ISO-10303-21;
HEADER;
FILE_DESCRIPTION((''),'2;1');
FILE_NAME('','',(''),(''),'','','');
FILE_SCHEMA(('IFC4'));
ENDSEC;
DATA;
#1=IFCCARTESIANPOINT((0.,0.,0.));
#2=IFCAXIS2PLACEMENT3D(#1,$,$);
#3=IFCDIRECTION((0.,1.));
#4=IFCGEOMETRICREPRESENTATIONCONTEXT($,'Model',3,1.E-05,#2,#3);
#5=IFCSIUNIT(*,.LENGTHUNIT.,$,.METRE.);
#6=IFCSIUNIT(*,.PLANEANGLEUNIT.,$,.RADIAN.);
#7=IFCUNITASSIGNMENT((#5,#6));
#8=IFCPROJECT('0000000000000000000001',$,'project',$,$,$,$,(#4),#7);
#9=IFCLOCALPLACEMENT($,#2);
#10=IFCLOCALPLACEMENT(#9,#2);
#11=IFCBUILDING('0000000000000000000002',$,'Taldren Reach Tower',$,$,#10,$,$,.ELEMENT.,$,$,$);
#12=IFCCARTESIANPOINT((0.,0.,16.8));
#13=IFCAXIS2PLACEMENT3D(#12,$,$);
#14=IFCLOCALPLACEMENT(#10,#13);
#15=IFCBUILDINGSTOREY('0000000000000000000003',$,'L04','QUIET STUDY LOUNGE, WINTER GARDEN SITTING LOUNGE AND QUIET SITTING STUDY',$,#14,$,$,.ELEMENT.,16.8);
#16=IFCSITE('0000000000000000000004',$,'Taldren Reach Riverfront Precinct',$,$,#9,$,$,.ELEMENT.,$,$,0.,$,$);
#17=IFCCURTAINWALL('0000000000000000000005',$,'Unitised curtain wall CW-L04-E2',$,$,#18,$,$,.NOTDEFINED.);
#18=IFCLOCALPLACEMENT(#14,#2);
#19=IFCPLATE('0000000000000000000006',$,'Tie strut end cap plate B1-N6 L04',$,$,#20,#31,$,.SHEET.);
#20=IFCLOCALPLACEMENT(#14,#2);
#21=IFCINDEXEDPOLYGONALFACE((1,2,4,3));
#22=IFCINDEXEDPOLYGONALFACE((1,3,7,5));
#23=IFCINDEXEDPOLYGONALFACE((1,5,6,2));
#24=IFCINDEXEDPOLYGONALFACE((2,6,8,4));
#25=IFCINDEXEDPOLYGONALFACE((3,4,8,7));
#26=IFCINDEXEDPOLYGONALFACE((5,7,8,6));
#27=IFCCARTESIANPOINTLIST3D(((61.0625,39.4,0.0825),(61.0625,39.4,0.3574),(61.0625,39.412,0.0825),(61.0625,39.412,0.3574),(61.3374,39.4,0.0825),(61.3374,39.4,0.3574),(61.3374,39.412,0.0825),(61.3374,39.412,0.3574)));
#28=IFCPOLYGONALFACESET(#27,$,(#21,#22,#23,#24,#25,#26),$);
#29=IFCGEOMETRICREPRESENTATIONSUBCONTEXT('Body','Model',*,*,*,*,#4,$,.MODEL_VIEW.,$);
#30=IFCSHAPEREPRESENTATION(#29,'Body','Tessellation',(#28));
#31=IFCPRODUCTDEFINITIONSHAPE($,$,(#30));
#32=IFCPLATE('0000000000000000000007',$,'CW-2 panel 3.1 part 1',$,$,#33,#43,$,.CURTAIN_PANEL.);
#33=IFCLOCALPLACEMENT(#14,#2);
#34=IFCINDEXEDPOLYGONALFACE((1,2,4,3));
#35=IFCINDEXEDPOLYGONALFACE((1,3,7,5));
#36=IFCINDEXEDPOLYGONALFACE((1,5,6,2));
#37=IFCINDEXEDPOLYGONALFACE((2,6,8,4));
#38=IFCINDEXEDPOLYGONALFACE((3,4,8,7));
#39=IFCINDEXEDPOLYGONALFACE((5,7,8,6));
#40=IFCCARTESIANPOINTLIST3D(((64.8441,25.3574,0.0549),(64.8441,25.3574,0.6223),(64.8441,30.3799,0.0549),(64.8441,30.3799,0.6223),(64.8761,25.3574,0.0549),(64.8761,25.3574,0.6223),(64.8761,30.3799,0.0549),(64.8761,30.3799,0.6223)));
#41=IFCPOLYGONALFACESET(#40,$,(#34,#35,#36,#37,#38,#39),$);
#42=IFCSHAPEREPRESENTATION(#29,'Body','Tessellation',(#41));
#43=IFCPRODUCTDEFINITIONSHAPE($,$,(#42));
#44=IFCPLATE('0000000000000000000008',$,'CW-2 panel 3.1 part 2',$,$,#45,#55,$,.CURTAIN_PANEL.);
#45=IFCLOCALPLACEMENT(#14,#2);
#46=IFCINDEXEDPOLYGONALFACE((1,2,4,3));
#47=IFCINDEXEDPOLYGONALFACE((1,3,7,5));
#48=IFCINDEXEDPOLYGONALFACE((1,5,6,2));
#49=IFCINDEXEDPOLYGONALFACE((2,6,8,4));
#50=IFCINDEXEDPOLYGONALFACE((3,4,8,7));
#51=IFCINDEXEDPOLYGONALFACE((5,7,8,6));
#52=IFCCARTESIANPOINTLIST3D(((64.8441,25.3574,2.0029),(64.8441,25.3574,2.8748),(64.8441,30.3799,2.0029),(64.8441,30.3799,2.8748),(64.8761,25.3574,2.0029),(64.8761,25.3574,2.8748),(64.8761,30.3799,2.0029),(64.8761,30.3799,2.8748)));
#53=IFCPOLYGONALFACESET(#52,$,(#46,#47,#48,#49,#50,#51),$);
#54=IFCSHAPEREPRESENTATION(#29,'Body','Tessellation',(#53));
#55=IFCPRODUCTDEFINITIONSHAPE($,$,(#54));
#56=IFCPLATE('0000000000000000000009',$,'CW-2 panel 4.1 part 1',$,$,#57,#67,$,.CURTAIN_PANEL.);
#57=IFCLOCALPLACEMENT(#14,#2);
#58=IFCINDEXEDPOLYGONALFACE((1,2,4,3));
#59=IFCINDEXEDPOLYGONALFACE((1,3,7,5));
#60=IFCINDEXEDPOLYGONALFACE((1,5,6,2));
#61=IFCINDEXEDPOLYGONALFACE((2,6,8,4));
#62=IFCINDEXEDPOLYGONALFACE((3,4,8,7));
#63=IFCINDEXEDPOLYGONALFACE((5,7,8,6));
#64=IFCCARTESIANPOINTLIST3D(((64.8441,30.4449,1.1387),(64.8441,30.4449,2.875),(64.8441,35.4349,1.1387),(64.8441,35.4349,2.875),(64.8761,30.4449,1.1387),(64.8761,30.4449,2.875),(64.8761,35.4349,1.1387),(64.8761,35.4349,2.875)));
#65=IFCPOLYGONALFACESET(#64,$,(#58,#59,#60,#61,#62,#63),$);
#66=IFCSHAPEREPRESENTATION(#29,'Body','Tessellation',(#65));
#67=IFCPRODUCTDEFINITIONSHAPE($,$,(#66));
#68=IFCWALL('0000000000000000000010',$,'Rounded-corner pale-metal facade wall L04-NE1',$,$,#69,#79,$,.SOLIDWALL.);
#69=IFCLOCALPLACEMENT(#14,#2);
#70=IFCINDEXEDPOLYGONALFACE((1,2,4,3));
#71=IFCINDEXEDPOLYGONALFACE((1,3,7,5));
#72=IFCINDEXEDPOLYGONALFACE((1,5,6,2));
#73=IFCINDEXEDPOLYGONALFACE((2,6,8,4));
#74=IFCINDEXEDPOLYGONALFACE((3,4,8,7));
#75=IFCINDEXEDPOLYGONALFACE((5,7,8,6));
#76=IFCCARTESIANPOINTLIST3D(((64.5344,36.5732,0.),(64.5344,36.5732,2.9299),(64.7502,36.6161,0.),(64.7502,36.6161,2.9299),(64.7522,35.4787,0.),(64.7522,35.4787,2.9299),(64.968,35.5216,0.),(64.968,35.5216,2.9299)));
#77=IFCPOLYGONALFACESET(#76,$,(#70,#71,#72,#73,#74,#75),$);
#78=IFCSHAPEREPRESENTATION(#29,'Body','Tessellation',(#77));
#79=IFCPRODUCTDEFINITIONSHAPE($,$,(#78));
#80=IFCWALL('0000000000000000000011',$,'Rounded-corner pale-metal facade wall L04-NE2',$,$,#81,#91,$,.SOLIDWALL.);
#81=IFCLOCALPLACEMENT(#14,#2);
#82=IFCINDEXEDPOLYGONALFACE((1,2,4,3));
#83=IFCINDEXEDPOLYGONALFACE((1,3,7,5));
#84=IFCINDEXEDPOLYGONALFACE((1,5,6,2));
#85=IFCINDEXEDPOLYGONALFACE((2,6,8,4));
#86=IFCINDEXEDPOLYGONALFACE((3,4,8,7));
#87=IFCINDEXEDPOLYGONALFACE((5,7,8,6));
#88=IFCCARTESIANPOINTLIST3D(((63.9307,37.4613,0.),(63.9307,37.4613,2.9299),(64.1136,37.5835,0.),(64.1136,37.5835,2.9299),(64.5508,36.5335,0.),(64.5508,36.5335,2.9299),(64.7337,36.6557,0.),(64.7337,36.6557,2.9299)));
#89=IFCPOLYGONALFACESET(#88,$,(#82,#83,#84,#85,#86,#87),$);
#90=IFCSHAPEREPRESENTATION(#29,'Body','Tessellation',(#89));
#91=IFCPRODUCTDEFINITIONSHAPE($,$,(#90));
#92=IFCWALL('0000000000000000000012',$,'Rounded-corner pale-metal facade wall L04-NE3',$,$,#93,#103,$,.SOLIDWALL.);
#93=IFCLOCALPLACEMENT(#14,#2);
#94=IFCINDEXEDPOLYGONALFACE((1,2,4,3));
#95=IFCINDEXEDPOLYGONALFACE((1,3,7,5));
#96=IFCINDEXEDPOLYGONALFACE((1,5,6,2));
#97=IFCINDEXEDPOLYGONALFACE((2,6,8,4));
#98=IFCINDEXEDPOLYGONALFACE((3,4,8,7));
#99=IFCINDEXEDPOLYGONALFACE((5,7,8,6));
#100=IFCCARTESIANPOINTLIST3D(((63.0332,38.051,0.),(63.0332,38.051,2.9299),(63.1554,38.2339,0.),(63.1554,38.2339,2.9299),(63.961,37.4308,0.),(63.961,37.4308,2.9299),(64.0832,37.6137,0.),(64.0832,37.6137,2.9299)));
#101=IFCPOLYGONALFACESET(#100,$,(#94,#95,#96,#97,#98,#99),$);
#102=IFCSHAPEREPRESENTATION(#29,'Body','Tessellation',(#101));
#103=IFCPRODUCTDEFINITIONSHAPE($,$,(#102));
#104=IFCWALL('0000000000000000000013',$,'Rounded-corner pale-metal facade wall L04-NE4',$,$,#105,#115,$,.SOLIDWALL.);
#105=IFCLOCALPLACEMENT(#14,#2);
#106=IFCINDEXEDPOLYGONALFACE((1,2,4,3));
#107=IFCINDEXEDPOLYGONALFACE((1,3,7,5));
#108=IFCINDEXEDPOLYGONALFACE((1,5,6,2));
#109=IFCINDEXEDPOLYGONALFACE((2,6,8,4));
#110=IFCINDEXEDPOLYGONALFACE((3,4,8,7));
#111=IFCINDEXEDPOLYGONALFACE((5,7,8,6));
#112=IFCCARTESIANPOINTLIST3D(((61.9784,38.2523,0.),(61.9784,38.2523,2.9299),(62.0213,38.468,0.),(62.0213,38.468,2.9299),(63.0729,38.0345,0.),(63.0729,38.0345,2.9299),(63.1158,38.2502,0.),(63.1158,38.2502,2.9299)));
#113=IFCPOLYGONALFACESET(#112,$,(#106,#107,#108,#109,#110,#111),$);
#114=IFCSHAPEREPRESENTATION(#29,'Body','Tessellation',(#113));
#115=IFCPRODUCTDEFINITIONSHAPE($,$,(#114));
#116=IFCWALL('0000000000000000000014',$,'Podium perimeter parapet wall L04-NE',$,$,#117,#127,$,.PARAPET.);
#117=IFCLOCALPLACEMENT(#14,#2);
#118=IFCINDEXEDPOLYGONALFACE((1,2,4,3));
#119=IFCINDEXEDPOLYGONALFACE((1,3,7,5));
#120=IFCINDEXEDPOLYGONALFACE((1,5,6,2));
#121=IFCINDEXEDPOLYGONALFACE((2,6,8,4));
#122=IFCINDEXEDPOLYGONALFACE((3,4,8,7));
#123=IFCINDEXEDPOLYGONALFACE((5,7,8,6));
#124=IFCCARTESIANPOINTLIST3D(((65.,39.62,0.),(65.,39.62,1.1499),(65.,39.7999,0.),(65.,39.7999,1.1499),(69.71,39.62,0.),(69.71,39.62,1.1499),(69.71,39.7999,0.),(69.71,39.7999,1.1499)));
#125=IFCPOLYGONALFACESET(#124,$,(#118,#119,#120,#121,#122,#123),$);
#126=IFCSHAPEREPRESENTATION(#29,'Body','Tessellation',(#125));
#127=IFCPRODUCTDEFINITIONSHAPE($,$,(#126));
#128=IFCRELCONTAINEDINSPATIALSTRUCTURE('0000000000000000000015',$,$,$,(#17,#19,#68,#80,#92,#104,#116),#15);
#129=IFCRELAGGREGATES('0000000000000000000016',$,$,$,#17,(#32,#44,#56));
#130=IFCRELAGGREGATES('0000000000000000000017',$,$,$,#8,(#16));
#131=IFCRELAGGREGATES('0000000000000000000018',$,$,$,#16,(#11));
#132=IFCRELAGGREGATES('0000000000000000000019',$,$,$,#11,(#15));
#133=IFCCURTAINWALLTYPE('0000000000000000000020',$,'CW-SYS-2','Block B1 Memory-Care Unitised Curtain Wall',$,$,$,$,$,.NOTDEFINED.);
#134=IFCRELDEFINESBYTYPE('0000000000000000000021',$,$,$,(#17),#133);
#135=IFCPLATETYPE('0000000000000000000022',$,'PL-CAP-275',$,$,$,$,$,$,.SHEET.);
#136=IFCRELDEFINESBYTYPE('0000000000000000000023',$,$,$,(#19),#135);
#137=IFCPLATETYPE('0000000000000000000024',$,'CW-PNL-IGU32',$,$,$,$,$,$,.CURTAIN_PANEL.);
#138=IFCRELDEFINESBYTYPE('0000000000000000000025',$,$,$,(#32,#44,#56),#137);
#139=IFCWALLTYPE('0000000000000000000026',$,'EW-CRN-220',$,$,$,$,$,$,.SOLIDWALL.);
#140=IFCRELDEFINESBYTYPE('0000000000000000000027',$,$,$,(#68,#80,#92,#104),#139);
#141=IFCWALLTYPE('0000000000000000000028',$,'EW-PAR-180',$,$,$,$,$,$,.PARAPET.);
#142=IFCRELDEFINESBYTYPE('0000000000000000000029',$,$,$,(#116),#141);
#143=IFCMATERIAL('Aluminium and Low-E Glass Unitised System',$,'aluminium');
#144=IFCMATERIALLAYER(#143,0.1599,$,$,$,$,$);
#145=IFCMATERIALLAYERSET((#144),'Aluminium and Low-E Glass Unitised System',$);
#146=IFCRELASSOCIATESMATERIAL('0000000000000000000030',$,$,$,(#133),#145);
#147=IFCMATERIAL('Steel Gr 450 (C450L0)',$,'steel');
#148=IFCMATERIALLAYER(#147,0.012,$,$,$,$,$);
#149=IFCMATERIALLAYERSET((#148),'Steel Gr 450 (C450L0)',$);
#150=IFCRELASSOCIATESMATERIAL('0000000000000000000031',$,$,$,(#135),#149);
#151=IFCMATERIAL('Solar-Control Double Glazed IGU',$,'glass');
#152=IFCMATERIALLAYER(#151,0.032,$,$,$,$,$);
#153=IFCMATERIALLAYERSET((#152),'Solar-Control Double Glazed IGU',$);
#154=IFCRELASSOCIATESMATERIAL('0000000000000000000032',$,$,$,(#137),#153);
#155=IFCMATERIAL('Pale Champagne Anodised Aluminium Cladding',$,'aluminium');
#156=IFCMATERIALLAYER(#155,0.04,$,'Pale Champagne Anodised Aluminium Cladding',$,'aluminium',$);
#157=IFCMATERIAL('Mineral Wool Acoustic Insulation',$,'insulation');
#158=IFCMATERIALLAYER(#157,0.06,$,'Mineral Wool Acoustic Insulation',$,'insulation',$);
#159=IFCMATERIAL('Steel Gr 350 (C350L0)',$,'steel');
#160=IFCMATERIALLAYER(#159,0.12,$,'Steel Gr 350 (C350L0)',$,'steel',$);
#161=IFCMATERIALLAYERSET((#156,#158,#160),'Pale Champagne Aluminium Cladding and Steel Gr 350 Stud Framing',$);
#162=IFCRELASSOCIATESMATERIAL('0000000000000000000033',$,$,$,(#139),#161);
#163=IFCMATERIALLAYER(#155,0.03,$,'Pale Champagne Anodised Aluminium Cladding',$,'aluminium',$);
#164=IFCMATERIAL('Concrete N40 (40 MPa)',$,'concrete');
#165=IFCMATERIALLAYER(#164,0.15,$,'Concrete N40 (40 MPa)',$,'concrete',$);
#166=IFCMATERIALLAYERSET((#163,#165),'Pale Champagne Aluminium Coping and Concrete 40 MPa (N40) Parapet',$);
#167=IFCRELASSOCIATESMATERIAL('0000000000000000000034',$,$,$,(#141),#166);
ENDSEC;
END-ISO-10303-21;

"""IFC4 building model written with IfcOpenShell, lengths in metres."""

from ifc_helpers import new_model, si_unit, direction, frame, frame_2d, origin, origin_2d, place, context, subcontext, project, spatial, rectangle, extrude, source, transform, mapped, material, layer, layer_set, type_object, element, aggregate, save


model = new_model("IFC4")

# Units and contexts
model_context = context("Model", 3, precision=1e-05, world=origin(), true_north=direction((0.0, 1.0)))
body_context = subcontext(model_context, "Body", "Model", "MODEL_VIEW")
ifc_project = project(units=[si_unit("LENGTHUNIT", "METRE"), si_unit("PLANEANGLEUNIT", "RADIAN")], contexts=[model_context])

# Site, building, storey
site_placement = place(None, origin())
site = spatial("IfcSite", under=ifc_project, at=site_placement, Name="Taldren Reach Riverfront Precinct", CompositionType="ELEMENT", RefElevation=0.0)
building_placement = place(site_placement, origin())
building = spatial("IfcBuilding", under=site, at=building_placement, Name="Taldren Reach Tower", CompositionType="ELEMENT")
storey_placement = place(building_placement, frame((0.0, 0.0, 16.8)))
storey = spatial("IfcBuildingStorey", under=building, at=storey_placement, Name="L04", Description="QUIET STUDY LOUNGE, WINTER GARDEN SITTING LOUNGE AND QUIET SITTING STUDY", CompositionType="ELEMENT", Elevation=16.8)

# Shared definitions
ifc_material_1 = material(Name="Steel Gr 450 (C450L0)", Category="steel")
ifc_material_2 = material(Name="Steel Gr 350 (C350L0)", Category="steel")

# Shared definitions
ifc_material_3 = material(Name="Aluminium and Low-E Glass Unitised System", Category="aluminium")
ifc_layer_1 = layer(ifc_material_3, 0.1599)
ifc_layer_set_1 = layer_set([ifc_layer_1], Name="Aluminium and Low-E Glass Unitised System")
curtain_wall_type = type_object("IfcCurtainWallType", Name="CW-SYS-2", Description="Block B1 Memory-Care Unitised Curtain Wall", PredefinedType="NOTDEFINED", material=ifc_layer_set_1)

# Curtain wall
curtain_wall_1_placement = place(storey_placement, origin())
curtain_wall_1 = element("IfcCurtainWall", 1, at=curtain_wall_1_placement, inside=storey, type_object=curtain_wall_type, Name="Unitised curtain wall CW-L04-E2", PredefinedType="NOTDEFINED")

# Plate
ifc_layer_2 = layer(ifc_material_1, 0.012)
ifc_layer_set_2 = layer_set([ifc_layer_2], Name="Steel Gr 450 (C450L0)")
plate_type_1 = type_object("IfcPlateType", Name="PL-CAP-275", PredefinedType="SHEET", material=ifc_layer_set_2)
shared_shape_1 = source(origin(), body_context, "Body", "SweptSolid", [
    extrude(rectangle(XDim=0.2749, YDim=0.012, at=origin_2d()), origin(), (0.0, 0.0, 1.0), 0.2749),
])
plate_1_placement = place(storey_placement, frame((61.2, 39.406, 0.0825), z_axis=(0.0, 0.0, 1.0), x_axis=(1.0, 0.0, 0.0)))
element("IfcPlate", 2, at=plate_1_placement, inside=storey, type_object=plate_type_1, Name="Tie strut end cap plate B1-N6 L04", PredefinedType="SHEET", context=body_context, shape_type="MappedRepresentation", body=[
    mapped(shared_shape_1, transform((0.0, 0.0, 0.0), scale=1.0)),
])

# Plates
ifc_material_4 = material(Name="Solar-Control Double Glazed IGU", Category="glass")
ifc_layer_3 = layer(ifc_material_4, 0.032)
ifc_layer_set_3 = layer_set([ifc_layer_3], Name="Solar-Control Double Glazed IGU")
plate_type_2 = type_object("IfcPlateType", Name="CW-PNL-IGU32", PredefinedType="CURTAIN_PANEL", material=ifc_layer_set_3)
shared_shape_2 = source(origin(), body_context, "Body", "SweptSolid", [
    extrude(rectangle(XDim=5.0225, YDim=0.032, at=origin_2d()), origin(), (0.0, 0.0, 1.0), 0.5674),
])
plate_2_placement = place(storey_placement, frame((64.8601, 27.8687, 0.0549), z_axis=(0.0, 0.0, 1.0), x_axis=(0.0, 1.0, 0.0)))
plate_2 = element("IfcPlate", 3, at=plate_2_placement, type_object=plate_type_2, Name="CW-2 panel 3.1 part 1", PredefinedType="CURTAIN_PANEL", context=body_context, shape_type="MappedRepresentation", body=[
    mapped(shared_shape_2, transform((0.0, 0.0, 0.0), scale=1.0)),
])
shared_shape_3 = source(origin(), body_context, "Body", "SweptSolid", [
    extrude(rectangle(XDim=5.0225, YDim=0.032, at=origin_2d()), origin(), (0.0, 0.0, 1.0), 0.8718),
])
plate_3_placement = place(storey_placement, frame((64.8601, 27.8687, 2.0029), z_axis=(0.0, 0.0, 1.0), x_axis=(0.0, 1.0, 0.0)))
plate_3 = element("IfcPlate", 4, at=plate_3_placement, type_object=plate_type_2, Name="CW-2 panel 3.1 part 2", PredefinedType="CURTAIN_PANEL", context=body_context, shape_type="MappedRepresentation", body=[
    mapped(shared_shape_3, transform((0.0, 0.0, 0.0), scale=1.0)),
])
shared_shape_4 = source(origin(), body_context, "Body", "SweptSolid", [
    extrude(rectangle(XDim=4.99, YDim=0.032, at=origin_2d()), origin(), (0.0, 0.0, 1.0), 1.7363),
])
plate_4_placement = place(storey_placement, frame((64.8601, 32.9399, 1.1387), z_axis=(0.0, 0.0, 1.0), x_axis=(0.0, 1.0, 0.0)))
plate_4 = element("IfcPlate", 5, at=plate_4_placement, type_object=plate_type_2, Name="CW-2 panel 4.1 part 1", PredefinedType="CURTAIN_PANEL", context=body_context, shape_type="MappedRepresentation", body=[
    mapped(shared_shape_4, transform((0.0, 0.0, 0.0), scale=1.0)),
])
aggregate(curtain_wall_1, [plate_2, plate_3, plate_4])

# Walls
ifc_material_5 = material(Name="Pale Champagne Anodised Aluminium Cladding", Category="aluminium")
ifc_layer_4 = layer(ifc_material_5, 0.04, Name="Pale Champagne Anodised Aluminium Cladding", Category="aluminium")
ifc_material_6 = material(Name="Mineral Wool Acoustic Insulation", Category="insulation")
ifc_layer_5 = layer(ifc_material_6, 0.06, Name="Mineral Wool Acoustic Insulation", Category="insulation")
ifc_layer_6 = layer(ifc_material_2, 0.12, Name="Steel Gr 350 (C350L0)", Category="steel")
ifc_layer_set_4 = layer_set([ifc_layer_4, ifc_layer_5, ifc_layer_6], Name="Pale Champagne Aluminium Cladding and Steel Gr 350 Stud Framing")
wall_type_1 = type_object("IfcWallType", Name="EW-CRN-220", PredefinedType="SOLIDWALL", material=ifc_layer_set_4)
shared_shape_5 = source(origin(), body_context, "Body", "SweptSolid", [
    extrude(rectangle(XDim=1.116, YDim=0.22, at=frame_2d((0.5581, 0.0))), origin(), (0.0, 0.0, 1.0), 2.9299),
])
for number, where, z_axis, x_axis, name in (
    (6, (64.8601, 35.5, 0.0), (0.0, 0.0, 1.0), (-0.195148, 0.980774, 0.0), "Rounded-corner pale-metal facade wall L04-NE1"),
    (7, (64.6423, 36.5945, 0.0), (0.0, 0.0, 1.0), (-0.55571, 0.831377, 0.0), "Rounded-corner pale-metal facade wall L04-NE2"),
    (8, (64.0222, 37.5222, 0.0), (0.0, 0.0, 1.0), (-0.831377, 0.55571, 0.0), "Rounded-corner pale-metal facade wall L04-NE3"),
    (9, (63.0945, 38.1423, 0.0), (0.0, 0.0, 1.0), (-0.980774, 0.195148, 0.0), "Rounded-corner pale-metal facade wall L04-NE4"),
):
    element("IfcWall", number, at=place(storey_placement, frame(where, z_axis=z_axis, x_axis=x_axis)), inside=storey, type_object=wall_type_1, Name=name, PredefinedType="SOLIDWALL", context=body_context, shape_type="MappedRepresentation", body=[
        mapped(shared_shape_5, transform((0.0, 0.0, 0.0), scale=1.0)),
    ])
ifc_layer_7 = layer(ifc_material_5, 0.03, Name="Pale Champagne Anodised Aluminium Cladding", Category="aluminium")
ifc_material_7 = material(Name="Concrete N40 (40 MPa)", Category="concrete")
ifc_layer_8 = layer(ifc_material_7, 0.15, Name="Concrete N40 (40 MPa)", Category="concrete")
ifc_layer_set_5 = layer_set([ifc_layer_7, ifc_layer_8], Name="Pale Champagne Aluminium Coping and Concrete 40 MPa (N40) Parapet")
wall_type_2 = type_object("IfcWallType", Name="EW-PAR-180", PredefinedType="PARAPET", material=ifc_layer_set_5)
shared_shape_6 = source(origin(), body_context, "Body", "SweptSolid", [
    extrude(rectangle(XDim=4.71, YDim=0.1799, at=frame_2d((2.355, 0.0))), origin(), (0.0, 0.0, 1.0), 1.1499),
])
wall_placement = place(storey_placement, frame((65.0, 39.71, 0.0), z_axis=(0.0, 0.0, 1.0), x_axis=(1.0, 0.0, 0.0)))
element("IfcWall", 10, at=wall_placement, inside=storey, type_object=wall_type_2, Name="Podium perimeter parapet wall L04-NE", PredefinedType="PARAPET", context=body_context, shape_type="MappedRepresentation", body=[
    mapped(shared_shape_6, transform((0.0, 0.0, 0.0), scale=1.0)),
])

save(model, "model.ifc")
